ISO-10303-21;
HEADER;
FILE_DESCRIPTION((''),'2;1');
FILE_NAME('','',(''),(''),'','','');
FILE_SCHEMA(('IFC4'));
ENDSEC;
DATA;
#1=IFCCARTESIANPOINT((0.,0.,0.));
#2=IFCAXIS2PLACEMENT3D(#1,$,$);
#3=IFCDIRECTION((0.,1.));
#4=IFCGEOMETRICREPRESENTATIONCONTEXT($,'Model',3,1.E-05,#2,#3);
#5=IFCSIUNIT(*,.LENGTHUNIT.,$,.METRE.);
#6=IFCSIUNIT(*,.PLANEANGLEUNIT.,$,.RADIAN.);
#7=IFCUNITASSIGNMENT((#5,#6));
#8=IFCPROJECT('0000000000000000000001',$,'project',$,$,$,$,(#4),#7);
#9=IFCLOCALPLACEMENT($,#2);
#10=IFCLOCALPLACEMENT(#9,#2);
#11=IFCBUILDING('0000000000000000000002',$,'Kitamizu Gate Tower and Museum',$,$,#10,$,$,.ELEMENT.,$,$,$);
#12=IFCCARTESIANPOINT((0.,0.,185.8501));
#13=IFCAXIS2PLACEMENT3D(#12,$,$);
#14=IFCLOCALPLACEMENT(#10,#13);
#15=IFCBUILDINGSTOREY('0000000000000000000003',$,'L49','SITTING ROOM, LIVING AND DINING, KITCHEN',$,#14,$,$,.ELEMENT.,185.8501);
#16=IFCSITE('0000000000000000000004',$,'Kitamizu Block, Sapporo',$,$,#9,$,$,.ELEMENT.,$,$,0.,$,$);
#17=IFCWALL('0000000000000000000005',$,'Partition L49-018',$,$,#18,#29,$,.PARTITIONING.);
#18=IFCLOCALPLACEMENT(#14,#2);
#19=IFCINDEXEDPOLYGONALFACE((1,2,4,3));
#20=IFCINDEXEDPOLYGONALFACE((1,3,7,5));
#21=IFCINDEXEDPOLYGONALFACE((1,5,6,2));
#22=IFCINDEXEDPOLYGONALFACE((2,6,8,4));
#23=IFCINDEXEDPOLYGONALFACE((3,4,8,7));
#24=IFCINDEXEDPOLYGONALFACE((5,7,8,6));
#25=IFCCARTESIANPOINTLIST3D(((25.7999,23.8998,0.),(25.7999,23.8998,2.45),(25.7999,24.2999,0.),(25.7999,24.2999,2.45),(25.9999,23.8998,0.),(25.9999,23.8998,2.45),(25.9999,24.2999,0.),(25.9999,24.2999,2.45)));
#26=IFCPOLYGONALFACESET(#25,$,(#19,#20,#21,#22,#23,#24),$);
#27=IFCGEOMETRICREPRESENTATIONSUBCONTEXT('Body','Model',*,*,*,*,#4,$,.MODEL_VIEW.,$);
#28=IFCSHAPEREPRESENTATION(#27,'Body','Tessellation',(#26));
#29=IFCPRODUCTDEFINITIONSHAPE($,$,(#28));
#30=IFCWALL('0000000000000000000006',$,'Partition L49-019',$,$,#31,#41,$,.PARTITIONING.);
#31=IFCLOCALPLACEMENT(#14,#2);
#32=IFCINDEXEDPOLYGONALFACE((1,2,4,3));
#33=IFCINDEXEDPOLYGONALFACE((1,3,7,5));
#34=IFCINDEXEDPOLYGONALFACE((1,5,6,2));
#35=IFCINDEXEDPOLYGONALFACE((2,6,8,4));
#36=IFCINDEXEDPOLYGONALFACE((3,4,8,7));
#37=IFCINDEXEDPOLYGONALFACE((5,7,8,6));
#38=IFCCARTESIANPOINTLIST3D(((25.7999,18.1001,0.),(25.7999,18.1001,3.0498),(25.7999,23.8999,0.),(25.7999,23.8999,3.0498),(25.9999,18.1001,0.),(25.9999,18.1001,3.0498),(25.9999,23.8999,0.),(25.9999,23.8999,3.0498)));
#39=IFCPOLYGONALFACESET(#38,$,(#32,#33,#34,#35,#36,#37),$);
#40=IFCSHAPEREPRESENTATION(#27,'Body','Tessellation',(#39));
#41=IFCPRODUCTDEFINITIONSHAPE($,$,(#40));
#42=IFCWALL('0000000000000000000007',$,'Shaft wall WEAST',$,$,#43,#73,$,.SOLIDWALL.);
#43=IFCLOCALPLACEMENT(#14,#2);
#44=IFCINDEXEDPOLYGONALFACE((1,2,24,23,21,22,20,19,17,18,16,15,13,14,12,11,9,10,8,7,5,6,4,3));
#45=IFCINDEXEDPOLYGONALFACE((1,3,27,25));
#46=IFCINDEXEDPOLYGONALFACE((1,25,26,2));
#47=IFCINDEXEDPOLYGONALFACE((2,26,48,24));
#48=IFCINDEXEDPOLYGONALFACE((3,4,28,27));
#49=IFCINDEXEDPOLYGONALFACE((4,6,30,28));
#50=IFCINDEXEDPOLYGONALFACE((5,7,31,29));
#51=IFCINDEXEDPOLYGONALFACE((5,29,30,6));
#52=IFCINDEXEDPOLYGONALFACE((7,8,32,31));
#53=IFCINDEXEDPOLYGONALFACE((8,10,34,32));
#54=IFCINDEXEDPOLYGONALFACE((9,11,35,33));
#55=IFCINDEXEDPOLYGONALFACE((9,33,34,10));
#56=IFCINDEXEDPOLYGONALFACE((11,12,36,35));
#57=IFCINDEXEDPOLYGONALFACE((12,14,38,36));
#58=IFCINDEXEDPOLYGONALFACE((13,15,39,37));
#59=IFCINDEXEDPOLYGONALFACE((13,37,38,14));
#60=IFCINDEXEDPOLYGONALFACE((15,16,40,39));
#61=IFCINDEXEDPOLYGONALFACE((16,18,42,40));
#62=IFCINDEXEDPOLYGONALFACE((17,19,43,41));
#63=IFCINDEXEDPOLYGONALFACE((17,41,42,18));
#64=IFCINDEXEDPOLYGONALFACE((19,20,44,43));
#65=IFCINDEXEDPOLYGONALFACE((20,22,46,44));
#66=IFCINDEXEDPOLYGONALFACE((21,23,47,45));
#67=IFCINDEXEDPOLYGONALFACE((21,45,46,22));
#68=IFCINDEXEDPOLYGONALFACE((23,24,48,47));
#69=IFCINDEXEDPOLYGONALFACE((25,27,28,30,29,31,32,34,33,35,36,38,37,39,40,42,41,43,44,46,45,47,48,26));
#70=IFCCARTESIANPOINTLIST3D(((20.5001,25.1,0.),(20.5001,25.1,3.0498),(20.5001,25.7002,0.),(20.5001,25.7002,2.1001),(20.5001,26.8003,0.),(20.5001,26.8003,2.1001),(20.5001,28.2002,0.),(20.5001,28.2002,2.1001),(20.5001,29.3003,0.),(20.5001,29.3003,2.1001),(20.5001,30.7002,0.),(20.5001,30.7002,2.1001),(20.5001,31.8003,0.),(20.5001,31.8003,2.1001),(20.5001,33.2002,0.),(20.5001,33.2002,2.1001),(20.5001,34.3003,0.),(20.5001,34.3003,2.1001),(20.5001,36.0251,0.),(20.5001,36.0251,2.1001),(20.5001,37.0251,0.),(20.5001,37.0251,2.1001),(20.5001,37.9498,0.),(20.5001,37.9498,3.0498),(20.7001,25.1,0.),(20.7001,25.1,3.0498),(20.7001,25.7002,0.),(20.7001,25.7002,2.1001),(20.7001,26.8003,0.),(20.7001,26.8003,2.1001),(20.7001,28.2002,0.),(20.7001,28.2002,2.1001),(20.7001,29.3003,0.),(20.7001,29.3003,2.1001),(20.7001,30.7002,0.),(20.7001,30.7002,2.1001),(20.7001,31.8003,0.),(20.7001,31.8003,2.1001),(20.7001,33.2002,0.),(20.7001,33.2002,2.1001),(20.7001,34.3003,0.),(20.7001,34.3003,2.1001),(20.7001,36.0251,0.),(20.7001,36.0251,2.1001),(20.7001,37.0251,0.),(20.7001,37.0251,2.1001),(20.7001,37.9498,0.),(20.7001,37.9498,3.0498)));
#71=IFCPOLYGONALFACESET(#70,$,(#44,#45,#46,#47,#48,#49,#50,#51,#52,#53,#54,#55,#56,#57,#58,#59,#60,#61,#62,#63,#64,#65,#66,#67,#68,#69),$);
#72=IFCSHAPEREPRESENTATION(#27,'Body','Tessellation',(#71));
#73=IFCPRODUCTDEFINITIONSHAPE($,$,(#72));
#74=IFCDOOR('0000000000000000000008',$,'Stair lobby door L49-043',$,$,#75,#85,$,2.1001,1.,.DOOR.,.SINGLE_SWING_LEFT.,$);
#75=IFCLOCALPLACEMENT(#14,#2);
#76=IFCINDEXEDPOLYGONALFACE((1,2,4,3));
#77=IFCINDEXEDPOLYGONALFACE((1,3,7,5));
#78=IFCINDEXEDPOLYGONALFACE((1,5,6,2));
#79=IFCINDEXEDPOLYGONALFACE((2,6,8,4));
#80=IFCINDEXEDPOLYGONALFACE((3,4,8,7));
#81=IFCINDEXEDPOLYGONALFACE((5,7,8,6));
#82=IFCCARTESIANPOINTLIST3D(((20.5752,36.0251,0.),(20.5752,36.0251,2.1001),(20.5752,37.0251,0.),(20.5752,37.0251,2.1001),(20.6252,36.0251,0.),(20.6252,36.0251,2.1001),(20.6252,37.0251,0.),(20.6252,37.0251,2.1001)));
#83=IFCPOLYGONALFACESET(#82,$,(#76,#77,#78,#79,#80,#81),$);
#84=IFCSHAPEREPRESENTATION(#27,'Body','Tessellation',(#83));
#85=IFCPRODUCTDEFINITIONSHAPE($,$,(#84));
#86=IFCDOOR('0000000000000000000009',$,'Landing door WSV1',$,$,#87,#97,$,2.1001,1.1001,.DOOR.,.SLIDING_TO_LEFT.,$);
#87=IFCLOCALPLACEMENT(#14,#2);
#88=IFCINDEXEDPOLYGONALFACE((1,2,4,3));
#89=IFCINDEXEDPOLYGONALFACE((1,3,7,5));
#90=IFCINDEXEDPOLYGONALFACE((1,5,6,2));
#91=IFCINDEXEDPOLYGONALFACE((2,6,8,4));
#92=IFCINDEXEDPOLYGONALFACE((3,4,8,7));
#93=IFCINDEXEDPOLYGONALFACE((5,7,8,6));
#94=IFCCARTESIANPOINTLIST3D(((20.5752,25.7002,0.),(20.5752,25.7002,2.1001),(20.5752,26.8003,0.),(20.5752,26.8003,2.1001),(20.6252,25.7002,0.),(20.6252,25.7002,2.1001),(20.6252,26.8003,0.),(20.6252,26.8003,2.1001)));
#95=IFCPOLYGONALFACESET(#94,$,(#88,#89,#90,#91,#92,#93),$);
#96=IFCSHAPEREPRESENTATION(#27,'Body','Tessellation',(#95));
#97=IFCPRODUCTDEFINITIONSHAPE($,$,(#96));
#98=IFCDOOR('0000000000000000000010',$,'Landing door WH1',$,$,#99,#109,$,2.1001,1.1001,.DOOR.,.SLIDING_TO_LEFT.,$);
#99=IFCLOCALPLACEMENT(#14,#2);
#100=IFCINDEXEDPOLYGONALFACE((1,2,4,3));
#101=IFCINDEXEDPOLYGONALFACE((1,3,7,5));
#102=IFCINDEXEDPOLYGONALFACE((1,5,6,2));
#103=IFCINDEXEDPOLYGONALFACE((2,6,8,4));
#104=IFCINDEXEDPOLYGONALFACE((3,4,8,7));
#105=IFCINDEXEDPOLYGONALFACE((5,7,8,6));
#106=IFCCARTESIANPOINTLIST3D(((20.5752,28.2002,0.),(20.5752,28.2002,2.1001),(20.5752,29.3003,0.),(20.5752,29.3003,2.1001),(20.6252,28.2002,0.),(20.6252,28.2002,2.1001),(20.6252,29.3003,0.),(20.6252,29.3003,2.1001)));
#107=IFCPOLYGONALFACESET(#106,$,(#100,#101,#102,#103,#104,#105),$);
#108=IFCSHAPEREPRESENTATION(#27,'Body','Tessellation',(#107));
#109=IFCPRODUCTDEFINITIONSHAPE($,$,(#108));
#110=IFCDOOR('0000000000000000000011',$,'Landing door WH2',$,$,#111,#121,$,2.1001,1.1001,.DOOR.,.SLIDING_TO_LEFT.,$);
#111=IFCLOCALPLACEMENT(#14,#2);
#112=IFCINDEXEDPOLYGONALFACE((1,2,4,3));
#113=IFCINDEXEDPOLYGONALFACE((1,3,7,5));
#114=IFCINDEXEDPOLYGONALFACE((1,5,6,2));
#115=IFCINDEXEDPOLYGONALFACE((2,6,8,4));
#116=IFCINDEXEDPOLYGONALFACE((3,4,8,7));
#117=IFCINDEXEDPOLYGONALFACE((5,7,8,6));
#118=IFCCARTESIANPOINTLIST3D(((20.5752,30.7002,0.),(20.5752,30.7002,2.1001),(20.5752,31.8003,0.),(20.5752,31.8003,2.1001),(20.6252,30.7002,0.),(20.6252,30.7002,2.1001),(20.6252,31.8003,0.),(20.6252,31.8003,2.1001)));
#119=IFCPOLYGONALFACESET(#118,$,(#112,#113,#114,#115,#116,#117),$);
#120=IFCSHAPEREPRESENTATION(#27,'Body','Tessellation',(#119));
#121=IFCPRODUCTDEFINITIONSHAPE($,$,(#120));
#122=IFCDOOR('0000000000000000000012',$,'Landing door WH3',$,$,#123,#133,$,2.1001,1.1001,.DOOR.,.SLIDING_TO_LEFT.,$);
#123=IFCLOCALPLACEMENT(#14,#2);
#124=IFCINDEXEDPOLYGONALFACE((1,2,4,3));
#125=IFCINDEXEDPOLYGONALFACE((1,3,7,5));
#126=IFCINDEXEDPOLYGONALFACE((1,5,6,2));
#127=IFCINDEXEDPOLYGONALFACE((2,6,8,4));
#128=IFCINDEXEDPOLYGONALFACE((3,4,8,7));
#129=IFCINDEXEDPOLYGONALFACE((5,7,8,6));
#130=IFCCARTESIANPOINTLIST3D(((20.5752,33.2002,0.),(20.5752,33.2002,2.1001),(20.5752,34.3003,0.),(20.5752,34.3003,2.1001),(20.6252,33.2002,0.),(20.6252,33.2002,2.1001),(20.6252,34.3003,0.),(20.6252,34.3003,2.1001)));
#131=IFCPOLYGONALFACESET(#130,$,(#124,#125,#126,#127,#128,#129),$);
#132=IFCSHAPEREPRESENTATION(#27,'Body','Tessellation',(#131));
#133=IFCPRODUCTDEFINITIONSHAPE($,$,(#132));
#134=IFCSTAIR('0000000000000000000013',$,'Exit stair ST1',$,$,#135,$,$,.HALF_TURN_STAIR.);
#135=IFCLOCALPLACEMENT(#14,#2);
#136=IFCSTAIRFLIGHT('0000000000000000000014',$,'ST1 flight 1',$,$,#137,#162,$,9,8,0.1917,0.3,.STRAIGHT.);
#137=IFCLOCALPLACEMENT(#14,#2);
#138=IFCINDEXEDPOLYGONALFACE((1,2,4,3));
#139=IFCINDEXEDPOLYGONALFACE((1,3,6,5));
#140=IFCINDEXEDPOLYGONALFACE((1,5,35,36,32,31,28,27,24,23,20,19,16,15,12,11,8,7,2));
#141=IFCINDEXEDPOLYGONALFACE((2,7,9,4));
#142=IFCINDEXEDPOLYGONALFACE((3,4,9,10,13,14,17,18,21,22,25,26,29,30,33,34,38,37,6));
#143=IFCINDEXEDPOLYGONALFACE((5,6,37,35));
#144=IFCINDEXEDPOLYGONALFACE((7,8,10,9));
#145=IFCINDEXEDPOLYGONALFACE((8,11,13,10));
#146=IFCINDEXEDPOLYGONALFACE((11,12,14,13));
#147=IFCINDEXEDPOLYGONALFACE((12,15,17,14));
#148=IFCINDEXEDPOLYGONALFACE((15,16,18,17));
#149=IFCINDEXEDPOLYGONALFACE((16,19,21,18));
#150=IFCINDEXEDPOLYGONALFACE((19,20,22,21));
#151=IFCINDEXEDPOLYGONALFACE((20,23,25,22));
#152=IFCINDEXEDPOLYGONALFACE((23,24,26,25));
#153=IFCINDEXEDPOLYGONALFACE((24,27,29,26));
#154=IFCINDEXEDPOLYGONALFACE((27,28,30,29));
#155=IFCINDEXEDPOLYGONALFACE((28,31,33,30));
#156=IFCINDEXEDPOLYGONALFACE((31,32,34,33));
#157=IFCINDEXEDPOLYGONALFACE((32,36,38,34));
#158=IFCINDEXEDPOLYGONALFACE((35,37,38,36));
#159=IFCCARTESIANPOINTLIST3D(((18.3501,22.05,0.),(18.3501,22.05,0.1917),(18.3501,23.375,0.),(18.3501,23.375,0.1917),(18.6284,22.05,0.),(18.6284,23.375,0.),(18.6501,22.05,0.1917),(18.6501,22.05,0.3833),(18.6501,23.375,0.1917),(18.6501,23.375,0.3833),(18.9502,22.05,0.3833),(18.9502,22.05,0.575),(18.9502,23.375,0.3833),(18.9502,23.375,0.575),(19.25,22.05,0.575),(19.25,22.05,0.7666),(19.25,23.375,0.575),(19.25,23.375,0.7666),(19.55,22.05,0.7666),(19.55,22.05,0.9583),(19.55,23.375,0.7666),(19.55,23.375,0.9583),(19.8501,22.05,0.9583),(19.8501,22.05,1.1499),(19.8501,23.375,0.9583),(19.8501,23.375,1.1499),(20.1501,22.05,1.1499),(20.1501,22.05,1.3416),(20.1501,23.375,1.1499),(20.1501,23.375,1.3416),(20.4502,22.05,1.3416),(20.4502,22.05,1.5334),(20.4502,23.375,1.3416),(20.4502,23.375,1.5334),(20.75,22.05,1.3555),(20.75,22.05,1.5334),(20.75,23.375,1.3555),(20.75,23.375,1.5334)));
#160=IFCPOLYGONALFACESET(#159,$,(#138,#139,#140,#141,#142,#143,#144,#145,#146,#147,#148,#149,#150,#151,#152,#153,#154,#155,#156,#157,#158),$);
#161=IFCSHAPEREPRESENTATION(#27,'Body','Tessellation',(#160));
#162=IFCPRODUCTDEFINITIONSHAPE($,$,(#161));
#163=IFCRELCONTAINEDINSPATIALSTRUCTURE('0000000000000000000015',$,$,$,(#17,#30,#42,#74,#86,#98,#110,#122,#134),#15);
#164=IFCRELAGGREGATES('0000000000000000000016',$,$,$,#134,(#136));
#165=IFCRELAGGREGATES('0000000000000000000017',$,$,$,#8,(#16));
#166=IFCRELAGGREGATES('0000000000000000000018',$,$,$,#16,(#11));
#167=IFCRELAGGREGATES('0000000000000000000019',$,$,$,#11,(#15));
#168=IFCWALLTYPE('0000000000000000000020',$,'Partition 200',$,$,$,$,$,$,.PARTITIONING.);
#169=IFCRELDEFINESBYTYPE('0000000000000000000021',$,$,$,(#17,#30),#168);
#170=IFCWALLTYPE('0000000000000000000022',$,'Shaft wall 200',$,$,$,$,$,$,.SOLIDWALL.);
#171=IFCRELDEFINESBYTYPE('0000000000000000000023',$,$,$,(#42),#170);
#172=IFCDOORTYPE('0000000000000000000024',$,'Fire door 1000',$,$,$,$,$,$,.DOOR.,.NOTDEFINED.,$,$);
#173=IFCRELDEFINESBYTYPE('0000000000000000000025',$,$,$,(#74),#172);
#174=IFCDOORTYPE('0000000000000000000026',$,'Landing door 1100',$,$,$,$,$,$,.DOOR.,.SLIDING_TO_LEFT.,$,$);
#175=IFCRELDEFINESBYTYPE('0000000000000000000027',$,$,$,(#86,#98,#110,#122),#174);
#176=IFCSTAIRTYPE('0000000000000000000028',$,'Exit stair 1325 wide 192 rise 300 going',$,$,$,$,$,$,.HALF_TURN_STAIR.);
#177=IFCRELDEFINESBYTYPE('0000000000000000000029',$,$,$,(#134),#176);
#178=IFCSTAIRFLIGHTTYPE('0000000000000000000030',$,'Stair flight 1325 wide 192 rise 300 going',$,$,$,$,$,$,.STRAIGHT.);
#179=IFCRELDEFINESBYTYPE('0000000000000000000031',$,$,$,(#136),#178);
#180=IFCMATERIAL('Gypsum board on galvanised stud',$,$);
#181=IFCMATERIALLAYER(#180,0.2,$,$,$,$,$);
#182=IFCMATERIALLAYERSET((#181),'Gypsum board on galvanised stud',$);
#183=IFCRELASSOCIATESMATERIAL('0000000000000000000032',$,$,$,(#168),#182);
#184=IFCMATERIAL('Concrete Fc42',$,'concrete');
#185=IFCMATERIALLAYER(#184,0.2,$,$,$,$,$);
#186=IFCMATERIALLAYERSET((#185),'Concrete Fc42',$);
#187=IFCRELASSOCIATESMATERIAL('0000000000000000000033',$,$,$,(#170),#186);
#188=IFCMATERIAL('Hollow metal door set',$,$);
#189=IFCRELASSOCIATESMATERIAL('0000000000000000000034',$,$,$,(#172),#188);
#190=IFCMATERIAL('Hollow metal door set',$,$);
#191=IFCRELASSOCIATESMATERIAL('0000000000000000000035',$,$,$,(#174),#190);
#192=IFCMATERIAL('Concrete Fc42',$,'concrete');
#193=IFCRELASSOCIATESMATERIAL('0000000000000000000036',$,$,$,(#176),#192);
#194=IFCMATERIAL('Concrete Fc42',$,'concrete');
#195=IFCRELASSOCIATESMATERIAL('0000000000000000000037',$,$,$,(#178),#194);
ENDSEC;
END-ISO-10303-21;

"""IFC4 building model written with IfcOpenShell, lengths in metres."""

from ifc_helpers import new_model, si_unit, direction, frame, frame_2d, origin, place, context, subcontext, project, spatial, polyline, rectangle, outline, extrude, material, layer, layer_set, type_object, element, fill, aggregate, save


model = new_model("IFC4")

# Units and contexts
model_context = context("Model", 3, precision=1e-05, world=origin(), true_north=direction((0.0, 1.0)))
body_context = subcontext(model_context, "Body", "Model", "MODEL_VIEW")
ifc_project = project(units=[si_unit("LENGTHUNIT", "METRE"), si_unit("PLANEANGLEUNIT", "RADIAN")], contexts=[model_context])

# Site, building, storey
site_placement = place(None, origin())
site = spatial("IfcSite", under=ifc_project, at=site_placement, Name="Kitamizu Block, Sapporo", CompositionType="ELEMENT", RefElevation=0.0)
building_placement = place(site_placement, origin())
building = spatial("IfcBuilding", under=site, at=building_placement, Name="Kitamizu Gate Tower and Museum", CompositionType="ELEMENT")
storey_placement = place(building_placement, frame((0.0, 0.0, 185.8501)))
storey = spatial("IfcBuildingStorey", under=building, at=storey_placement, Name="L49", Description="SITTING ROOM, LIVING AND DINING, KITCHEN", CompositionType="ELEMENT", Elevation=185.8501)

# Walls
ifc_material_1 = material(Name="Gypsum board on galvanised stud")
ifc_layer_1 = layer(ifc_material_1, 0.2)
ifc_layer_set_1 = layer_set([ifc_layer_1], Name="Gypsum board on galvanised stud")
wall_type_1 = type_object("IfcWallType", Name="Partition 200", PredefinedType="PARTITIONING", material=ifc_layer_set_1)
wall_1_placement = place(storey_placement, frame((25.8999, 24.3, 0.0), z_axis=(0.0, 0.0, 1.0), x_axis=(0.0, -1.0, 0.0)))
element("IfcWall", 1, at=wall_1_placement, inside=storey, type_object=wall_type_1, Name="Partition L49-018", PredefinedType="PARTITIONING", context=body_context, shape_type="SweptSolid", body=[
    extrude(rectangle(XDim=0.4001, YDim=0.2, at=frame_2d((0.2002, 0.0))), origin(), (0.0, 0.0, 1.0), 2.45),
])
wall_2_placement = place(storey_placement, frame((25.8999, 23.8999, 0.0), z_axis=(0.0, 0.0, 1.0), x_axis=(0.0, -1.0, 0.0)))
element("IfcWall", 2, at=wall_2_placement, inside=storey, type_object=wall_type_1, Name="Partition L49-019", PredefinedType="PARTITIONING", context=body_context, shape_type="SweptSolid", body=[
    extrude(rectangle(XDim=5.7998, YDim=0.2, at=frame_2d((2.8999, 0.0))), origin(), (0.0, 0.0, 1.0), 3.0498),
])

# Wall, openings, doors
ifc_material_2 = material(Name="Concrete Fc42", Category="concrete")
ifc_layer_2 = layer(ifc_material_2, 0.2)
ifc_layer_set_2 = layer_set([ifc_layer_2], Name="Concrete Fc42")
wall_type_2 = type_object("IfcWallType", Name="Shaft wall 200", PredefinedType="SOLIDWALL", material=ifc_layer_set_2)
wall_3_placement = place(storey_placement, frame((20.6001, 25.1001, 0.0), z_axis=(0.0, 0.0, 1.0), x_axis=(0.0, 1.0, 0.0)))
wall_3 = element("IfcWall", 3, at=wall_3_placement, inside=storey, type_object=wall_type_2, Name="Shaft wall WEAST", PredefinedType="SOLIDWALL", context=body_context, shape_type="SweptSolid", body=[
    extrude(rectangle(XDim=12.8499, YDim=0.2, at=frame_2d((6.4248, 0.0))), origin(), (0.0, 0.0, 1.0), 3.0498),
])
opening_1_placement = place(wall_3_placement, frame((0.6001, 0.0, 0.0)))
opening_1 = element("IfcOpeningElement", 4, at=opening_1_placement, cuts=wall_3, PredefinedType="OPENING", context=body_context, shape_type="SweptSolid", body=[
    extrude(rectangle(XDim=1.1001, YDim=2.1001, at=frame_2d((0.55, 1.05))), frame((0.0, 0.1099, 0.0), z_axis=(0.0, -1.0, 0.0), x_axis=(1.0, 0.0, 0.0)), (0.0, 0.0, 1.0), 0.22),
])
opening_2_placement = place(wall_3_placement, frame((3.1001, 0.0, 0.0)))
opening_2 = element("IfcOpeningElement", 5, at=opening_2_placement, cuts=wall_3, PredefinedType="OPENING", context=body_context, shape_type="SweptSolid", body=[
    extrude(rectangle(XDim=1.1001, YDim=2.1001, at=frame_2d((0.55, 1.05))), frame((0.0, 0.1099, 0.0), z_axis=(0.0, -1.0, 0.0), x_axis=(1.0, 0.0, 0.0)), (0.0, 0.0, 1.0), 0.22),
])
opening_3_placement = place(wall_3_placement, frame((5.6001, 0.0, 0.0)))
opening_3 = element("IfcOpeningElement", 6, at=opening_3_placement, cuts=wall_3, PredefinedType="OPENING", context=body_context, shape_type="SweptSolid", body=[
    extrude(rectangle(XDim=1.1001, YDim=2.1001, at=frame_2d((0.55, 1.05))), frame((0.0, 0.1099, 0.0), z_axis=(0.0, -1.0, 0.0), x_axis=(1.0, 0.0, 0.0)), (0.0, 0.0, 1.0), 0.22),
])
opening_4_placement = place(wall_3_placement, frame((8.1001, 0.0, 0.0)))
opening_4 = element("IfcOpeningElement", 7, at=opening_4_placement, cuts=wall_3, PredefinedType="OPENING", context=body_context, shape_type="SweptSolid", body=[
    extrude(rectangle(XDim=1.1001, YDim=2.1001, at=frame_2d((0.55, 1.05))), frame((0.0, 0.1099, 0.0), z_axis=(0.0, -1.0, 0.0), x_axis=(1.0, 0.0, 0.0)), (0.0, 0.0, 1.0), 0.22),
])
opening_5_placement = place(wall_3_placement, frame((10.925, 0.0, 0.0)))
opening_5 = element("IfcOpeningElement", 8, at=opening_5_placement, cuts=wall_3, PredefinedType="OPENING", context=body_context, shape_type="SweptSolid", body=[
    extrude(rectangle(XDim=1.0, YDim=2.1001, at=frame_2d((0.5, 1.05))), frame((0.0, 0.1099, 0.0), z_axis=(0.0, -1.0, 0.0), x_axis=(1.0, 0.0, 0.0)), (0.0, 0.0, 1.0), 0.22),
])
ifc_material_3 = material(Name="Hollow metal door set")
door_type_1 = type_object("IfcDoorType", Name="Fire door 1000", OperationType="NOTDEFINED", PredefinedType="DOOR", material=ifc_material_3)
door_1_placement = place(opening_5_placement, origin())
door_1 = element("IfcDoor", 9, at=door_1_placement, inside=storey, type_object=door_type_1, Name="Stair lobby door L49-043", OperationType="SINGLE_SWING_LEFT", OverallHeight=2.1001, OverallWidth=1.0, PredefinedType="DOOR", context=body_context, shape_type="SweptSolid", body=[
    extrude(rectangle(XDim=1.0, YDim=2.1001, at=frame_2d((0.5, 1.05))), frame((0.0, 0.0249, 0.0), z_axis=(0.0, -1.0, 0.0), x_axis=(1.0, 0.0, 0.0)), (0.0, 0.0, 1.0), 0.05),
])
fill(opening_5, door_1)
ifc_material_4 = material(Name="Hollow metal door set")
door_type_2 = type_object("IfcDoorType", Name="Landing door 1100", OperationType="SLIDING_TO_LEFT", PredefinedType="DOOR", material=ifc_material_4)
door_2_placement = place(opening_1_placement, origin())
door_2 = element("IfcDoor", 10, at=door_2_placement, inside=storey, type_object=door_type_2, Name="Landing door WSV1", OperationType="SLIDING_TO_LEFT", OverallHeight=2.1001, OverallWidth=1.1001, PredefinedType="DOOR", context=body_context, shape_type="SweptSolid", body=[
    extrude(rectangle(XDim=1.1001, YDim=2.1001, at=frame_2d((0.55, 1.05))), frame((0.0, 0.0249, 0.0), z_axis=(0.0, -1.0, 0.0), x_axis=(1.0, 0.0, 0.0)), (0.0, 0.0, 1.0), 0.05),
])
fill(opening_1, door_2)
door_3_placement = place(opening_2_placement, origin())
door_3 = element("IfcDoor", 11, at=door_3_placement, inside=storey, type_object=door_type_2, Name="Landing door WH1", OperationType="SLIDING_TO_LEFT", OverallHeight=2.1001, OverallWidth=1.1001, PredefinedType="DOOR", context=body_context, shape_type="SweptSolid", body=[
    extrude(rectangle(XDim=1.1001, YDim=2.1001, at=frame_2d((0.55, 1.05))), frame((0.0, 0.0249, 0.0), z_axis=(0.0, -1.0, 0.0), x_axis=(1.0, 0.0, 0.0)), (0.0, 0.0, 1.0), 0.05),
])
fill(opening_2, door_3)
door_4_placement = place(opening_3_placement, origin())
door_4 = element("IfcDoor", 12, at=door_4_placement, inside=storey, type_object=door_type_2, Name="Landing door WH2", OperationType="SLIDING_TO_LEFT", OverallHeight=2.1001, OverallWidth=1.1001, PredefinedType="DOOR", context=body_context, shape_type="SweptSolid", body=[
    extrude(rectangle(XDim=1.1001, YDim=2.1001, at=frame_2d((0.55, 1.05))), frame((0.0, 0.0249, 0.0), z_axis=(0.0, -1.0, 0.0), x_axis=(1.0, 0.0, 0.0)), (0.0, 0.0, 1.0), 0.05),
])
fill(opening_3, door_4)
door_5_placement = place(opening_4_placement, origin())
door_5 = element("IfcDoor", 13, at=door_5_placement, inside=storey, type_object=door_type_2, Name="Landing door WH3", OperationType="SLIDING_TO_LEFT", OverallHeight=2.1001, OverallWidth=1.1001, PredefinedType="DOOR", context=body_context, shape_type="SweptSolid", body=[
    extrude(rectangle(XDim=1.1001, YDim=2.1001, at=frame_2d((0.55, 1.05))), frame((0.0, 0.0249, 0.0), z_axis=(0.0, -1.0, 0.0), x_axis=(1.0, 0.0, 0.0)), (0.0, 0.0, 1.0), 0.05),
])
fill(opening_4, door_5)

# Stair, stair flight
ifc_material_5 = material(Name="Concrete Fc42", Category="concrete")
stair_type = type_object("IfcStairType", Name="Exit stair 1325 wide 192 rise 300 going", PredefinedType="HALF_TURN_STAIR", material=ifc_material_5)
stair_placement = place(storey_placement, origin())
stair = element("IfcStair", 14, at=stair_placement, inside=storey, type_object=stair_type, Name="Exit stair ST1", PredefinedType="HALF_TURN_STAIR")
ifc_material_6 = material(Name="Concrete Fc42", Category="concrete")
stair_flight_type = type_object("IfcStairFlightType", Name="Stair flight 1325 wide 192 rise 300 going", PredefinedType="STRAIGHT", material=ifc_material_6)
stair_flight_1_placement = place(storey_placement, frame((18.3501, 22.7124, 0.0), z_axis=(0.0, 0.0, 1.0), x_axis=(1.0, 0.0, 0.0)))
stair_flight_1 = element("IfcStairFlight", 15, at=stair_flight_1_placement, type_object=stair_flight_type, Name="ST1 flight 1", NumberOfRisers=9, NumberOfTreads=8, PredefinedType="STRAIGHT", RiserHeight=0.1917, TreadLength=0.3, context=body_context, shape_type="SweptSolid", body=[
    extrude(outline(polyline([(0.0, 0.0), (0.0, 0.1917), (0.3, 0.1917), (0.3, 0.3833), (0.6001, 0.3833), (0.6001, 0.575), (0.8999, 0.575), (0.8999, 0.7666), (1.2, 0.7666), (1.2, 0.9583), (1.5, 0.9583), (1.5, 1.1499), (1.8, 1.1499), (1.8, 1.3416), (2.1001, 1.3416), (2.1001, 1.5334), (2.3999, 1.5334), (2.3999, 1.7251), (2.3999, 1.3555), (0.2783, 0.0), (0.0, 0.0)])), frame((0.0, 0.6626, 0.0), z_axis=(0.0, -1.0, 0.0), x_axis=(1.0, 0.0, 0.0)), (0.0, 0.0, 1.0), 1.325),
])
aggregate(stair, [stair_flight_1])

save(model, "model.ifc")
